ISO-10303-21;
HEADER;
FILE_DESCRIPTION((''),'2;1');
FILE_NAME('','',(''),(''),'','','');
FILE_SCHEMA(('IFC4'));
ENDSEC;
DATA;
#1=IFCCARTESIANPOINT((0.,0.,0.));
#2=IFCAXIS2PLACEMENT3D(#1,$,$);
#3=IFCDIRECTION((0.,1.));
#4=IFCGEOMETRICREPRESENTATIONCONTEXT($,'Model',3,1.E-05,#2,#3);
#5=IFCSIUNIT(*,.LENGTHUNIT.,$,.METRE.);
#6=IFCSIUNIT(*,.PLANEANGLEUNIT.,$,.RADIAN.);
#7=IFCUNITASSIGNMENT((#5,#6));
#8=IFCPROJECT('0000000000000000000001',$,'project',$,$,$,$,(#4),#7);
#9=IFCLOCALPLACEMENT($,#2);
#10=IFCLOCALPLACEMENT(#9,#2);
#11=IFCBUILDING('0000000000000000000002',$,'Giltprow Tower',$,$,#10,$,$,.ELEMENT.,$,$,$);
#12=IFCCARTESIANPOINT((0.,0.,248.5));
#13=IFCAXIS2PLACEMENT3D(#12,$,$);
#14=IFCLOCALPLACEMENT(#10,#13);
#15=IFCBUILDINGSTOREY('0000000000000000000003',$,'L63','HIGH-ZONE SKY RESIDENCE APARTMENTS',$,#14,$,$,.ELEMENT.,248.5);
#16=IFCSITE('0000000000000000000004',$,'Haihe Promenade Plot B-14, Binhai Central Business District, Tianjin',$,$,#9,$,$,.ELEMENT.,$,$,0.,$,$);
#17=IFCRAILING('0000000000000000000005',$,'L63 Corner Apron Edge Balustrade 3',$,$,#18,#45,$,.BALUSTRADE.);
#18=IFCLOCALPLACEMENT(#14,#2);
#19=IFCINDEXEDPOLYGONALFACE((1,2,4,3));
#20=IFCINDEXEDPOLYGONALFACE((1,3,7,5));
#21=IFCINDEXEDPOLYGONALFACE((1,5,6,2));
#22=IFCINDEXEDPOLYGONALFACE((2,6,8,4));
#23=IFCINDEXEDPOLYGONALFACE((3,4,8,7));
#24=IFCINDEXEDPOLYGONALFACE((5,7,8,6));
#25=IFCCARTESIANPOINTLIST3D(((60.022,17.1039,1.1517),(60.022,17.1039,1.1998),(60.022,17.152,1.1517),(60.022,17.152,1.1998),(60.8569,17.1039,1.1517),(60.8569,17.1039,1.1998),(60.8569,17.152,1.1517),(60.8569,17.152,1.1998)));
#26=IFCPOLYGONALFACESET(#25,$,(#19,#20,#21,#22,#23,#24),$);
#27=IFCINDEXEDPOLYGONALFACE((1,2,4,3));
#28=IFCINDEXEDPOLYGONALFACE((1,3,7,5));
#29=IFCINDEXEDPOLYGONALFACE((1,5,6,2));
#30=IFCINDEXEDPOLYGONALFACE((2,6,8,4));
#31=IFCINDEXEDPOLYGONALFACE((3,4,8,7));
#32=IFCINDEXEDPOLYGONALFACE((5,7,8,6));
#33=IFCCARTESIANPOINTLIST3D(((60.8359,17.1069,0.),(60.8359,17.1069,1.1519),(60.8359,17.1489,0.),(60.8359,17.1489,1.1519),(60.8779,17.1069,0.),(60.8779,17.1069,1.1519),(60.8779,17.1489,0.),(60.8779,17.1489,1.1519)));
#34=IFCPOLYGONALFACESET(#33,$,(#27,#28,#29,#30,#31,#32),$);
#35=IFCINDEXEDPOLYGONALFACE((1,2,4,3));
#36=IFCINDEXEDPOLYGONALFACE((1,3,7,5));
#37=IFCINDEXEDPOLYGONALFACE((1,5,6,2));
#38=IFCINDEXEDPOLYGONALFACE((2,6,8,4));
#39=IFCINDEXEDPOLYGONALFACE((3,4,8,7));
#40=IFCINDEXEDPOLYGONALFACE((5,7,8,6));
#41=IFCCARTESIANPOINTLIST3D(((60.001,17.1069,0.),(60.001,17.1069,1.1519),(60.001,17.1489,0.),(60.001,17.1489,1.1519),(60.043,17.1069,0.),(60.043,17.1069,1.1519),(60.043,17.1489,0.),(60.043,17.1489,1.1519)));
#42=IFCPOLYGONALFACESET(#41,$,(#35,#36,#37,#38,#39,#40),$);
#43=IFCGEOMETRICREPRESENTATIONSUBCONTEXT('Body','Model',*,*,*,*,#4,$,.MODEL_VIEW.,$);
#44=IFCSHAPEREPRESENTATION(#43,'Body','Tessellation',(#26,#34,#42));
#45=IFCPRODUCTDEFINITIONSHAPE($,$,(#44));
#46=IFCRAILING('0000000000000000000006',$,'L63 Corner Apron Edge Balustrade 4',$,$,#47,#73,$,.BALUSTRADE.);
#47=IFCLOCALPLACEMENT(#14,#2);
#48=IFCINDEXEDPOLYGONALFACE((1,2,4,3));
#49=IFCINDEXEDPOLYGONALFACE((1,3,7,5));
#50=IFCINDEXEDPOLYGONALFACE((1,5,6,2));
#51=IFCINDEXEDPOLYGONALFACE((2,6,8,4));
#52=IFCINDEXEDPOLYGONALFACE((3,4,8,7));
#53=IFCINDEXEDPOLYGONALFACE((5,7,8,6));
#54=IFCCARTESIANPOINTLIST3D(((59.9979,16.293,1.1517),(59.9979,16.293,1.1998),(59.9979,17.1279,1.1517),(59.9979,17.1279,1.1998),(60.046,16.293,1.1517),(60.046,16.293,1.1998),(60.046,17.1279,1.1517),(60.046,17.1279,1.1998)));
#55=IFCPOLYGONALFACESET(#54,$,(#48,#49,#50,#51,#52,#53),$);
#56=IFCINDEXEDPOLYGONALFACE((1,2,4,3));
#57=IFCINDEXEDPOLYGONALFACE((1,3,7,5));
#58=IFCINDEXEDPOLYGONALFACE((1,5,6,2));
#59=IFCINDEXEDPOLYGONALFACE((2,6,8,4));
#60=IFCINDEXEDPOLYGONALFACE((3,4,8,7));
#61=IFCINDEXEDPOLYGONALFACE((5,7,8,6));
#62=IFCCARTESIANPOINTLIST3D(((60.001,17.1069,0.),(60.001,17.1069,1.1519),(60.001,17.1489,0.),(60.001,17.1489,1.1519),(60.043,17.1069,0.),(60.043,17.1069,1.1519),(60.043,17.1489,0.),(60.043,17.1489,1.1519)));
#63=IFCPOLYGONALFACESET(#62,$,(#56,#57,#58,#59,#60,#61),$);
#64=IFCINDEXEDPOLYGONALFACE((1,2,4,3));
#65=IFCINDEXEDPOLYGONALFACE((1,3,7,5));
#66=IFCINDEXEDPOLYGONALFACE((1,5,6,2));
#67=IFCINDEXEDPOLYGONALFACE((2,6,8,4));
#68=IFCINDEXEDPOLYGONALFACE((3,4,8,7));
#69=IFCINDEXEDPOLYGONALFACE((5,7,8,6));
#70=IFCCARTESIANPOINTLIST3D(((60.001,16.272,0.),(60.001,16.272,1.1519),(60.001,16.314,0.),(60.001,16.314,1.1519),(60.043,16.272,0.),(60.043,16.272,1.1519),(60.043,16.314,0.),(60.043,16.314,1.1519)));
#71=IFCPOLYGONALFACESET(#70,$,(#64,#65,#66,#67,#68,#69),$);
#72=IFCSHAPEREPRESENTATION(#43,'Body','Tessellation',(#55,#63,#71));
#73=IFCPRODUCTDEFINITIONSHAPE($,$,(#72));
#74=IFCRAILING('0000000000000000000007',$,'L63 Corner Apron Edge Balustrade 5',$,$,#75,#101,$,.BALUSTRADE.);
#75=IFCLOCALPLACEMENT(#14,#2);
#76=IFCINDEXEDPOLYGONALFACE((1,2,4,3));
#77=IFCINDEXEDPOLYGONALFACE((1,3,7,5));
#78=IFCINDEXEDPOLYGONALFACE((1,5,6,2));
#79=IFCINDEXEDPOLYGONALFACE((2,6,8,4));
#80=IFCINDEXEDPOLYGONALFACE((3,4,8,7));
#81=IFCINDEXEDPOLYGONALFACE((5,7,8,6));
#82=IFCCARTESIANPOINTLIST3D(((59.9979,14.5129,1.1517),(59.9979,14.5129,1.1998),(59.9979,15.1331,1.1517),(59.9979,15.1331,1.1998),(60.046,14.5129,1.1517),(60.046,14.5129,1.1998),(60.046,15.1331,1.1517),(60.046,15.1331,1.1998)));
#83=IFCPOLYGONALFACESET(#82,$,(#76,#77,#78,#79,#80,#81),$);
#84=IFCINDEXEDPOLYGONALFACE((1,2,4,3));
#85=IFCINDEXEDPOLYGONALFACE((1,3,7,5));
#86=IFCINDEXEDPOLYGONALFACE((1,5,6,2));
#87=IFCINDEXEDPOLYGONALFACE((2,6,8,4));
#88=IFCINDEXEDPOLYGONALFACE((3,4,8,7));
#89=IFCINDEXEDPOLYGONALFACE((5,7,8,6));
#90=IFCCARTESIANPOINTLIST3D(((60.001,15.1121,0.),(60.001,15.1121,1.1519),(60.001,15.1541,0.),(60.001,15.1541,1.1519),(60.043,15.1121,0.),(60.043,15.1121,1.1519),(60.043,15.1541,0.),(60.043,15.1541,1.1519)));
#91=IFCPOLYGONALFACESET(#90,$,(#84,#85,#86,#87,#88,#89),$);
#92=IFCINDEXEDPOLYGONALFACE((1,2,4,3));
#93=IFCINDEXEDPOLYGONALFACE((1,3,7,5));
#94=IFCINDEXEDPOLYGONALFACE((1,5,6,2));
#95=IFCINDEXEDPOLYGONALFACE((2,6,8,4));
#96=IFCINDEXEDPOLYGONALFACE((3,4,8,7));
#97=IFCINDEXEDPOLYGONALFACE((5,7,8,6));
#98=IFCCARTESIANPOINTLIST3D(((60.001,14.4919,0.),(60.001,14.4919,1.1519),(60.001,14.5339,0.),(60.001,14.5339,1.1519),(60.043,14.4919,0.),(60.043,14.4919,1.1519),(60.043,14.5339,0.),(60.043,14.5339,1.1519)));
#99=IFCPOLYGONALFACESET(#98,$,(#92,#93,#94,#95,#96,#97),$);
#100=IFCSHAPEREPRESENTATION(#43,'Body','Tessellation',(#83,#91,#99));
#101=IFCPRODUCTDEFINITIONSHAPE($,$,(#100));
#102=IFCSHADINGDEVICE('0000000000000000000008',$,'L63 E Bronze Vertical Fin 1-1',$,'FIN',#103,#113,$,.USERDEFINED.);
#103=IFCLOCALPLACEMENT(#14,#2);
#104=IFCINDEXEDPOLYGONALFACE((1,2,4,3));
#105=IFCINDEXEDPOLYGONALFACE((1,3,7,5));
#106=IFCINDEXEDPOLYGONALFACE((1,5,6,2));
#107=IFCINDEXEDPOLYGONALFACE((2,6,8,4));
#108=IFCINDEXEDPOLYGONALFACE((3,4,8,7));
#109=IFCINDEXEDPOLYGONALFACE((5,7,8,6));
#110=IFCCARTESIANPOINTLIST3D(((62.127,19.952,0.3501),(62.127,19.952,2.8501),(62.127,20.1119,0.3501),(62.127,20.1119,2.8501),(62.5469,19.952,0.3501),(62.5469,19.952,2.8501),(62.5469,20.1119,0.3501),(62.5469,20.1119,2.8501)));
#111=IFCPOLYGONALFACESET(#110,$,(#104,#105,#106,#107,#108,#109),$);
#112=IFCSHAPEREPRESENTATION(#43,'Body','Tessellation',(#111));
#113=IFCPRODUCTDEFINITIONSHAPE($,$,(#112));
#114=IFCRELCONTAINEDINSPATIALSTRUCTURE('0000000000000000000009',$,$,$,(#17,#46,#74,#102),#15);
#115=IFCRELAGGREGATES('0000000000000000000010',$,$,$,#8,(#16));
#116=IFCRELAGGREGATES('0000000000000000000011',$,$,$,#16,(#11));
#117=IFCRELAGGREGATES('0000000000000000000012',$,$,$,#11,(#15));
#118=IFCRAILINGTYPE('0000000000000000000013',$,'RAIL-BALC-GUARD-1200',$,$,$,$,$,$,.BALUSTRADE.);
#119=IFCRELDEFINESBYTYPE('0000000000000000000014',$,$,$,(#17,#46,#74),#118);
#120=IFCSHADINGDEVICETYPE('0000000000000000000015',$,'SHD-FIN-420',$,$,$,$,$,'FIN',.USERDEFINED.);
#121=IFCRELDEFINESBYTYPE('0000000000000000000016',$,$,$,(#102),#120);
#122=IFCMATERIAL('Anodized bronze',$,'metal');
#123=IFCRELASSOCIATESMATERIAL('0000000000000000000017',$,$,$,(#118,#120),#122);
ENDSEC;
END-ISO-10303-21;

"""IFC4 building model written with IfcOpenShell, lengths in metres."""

from ifc_helpers import new_model, si_unit, direction, frame, origin, origin_2d, place, context, subcontext, project, spatial, rectangle, extrude, source, transform, mapped, material, type_object, element, save


model = new_model("IFC4")

# Units and contexts
model_context = context("Model", 3, precision=1e-05, world=origin(), true_north=direction((0.0, 1.0)))
body_context = subcontext(model_context, "Body", "Model", "MODEL_VIEW")
ifc_project = project(units=[si_unit("LENGTHUNIT", "METRE"), si_unit("PLANEANGLEUNIT", "RADIAN")], contexts=[model_context])

# Site, building, storey
site_placement = place(None, origin())
site = spatial("IfcSite", under=ifc_project, at=site_placement, Name="Haihe Promenade Plot B-14, Binhai Central Business District, Tianjin", CompositionType="ELEMENT", RefElevation=0.0)
building_placement = place(site_placement, origin())
building = spatial("IfcBuilding", under=site, at=building_placement, Name="Giltprow Tower", CompositionType="ELEMENT")
storey_placement = place(building_placement, frame((0.0, 0.0, 248.5)))
storey = spatial("IfcBuildingStorey", under=building, at=storey_placement, Name="L63", Description="HIGH-ZONE SKY RESIDENCE APARTMENTS", CompositionType="ELEMENT", Elevation=248.5)

# Shared definitions
ifc_material_1 = material(Name="Anodized bronze", Category="metal")

# Railings
railing_type = type_object("IfcRailingType", Name="RAIL-BALC-GUARD-1200", PredefinedType="BALUSTRADE", material=ifc_material_1)
railing_1_placement = place(storey_placement, frame((60.8569, 17.1279, 0.0)))
element("IfcRailing", 1, at=railing_1_placement, inside=storey, type_object=railing_type, Name="L63 Corner Apron Edge Balustrade 3", PredefinedType="BALUSTRADE", context=body_context, shape_type="SweptSolid", body=[
    extrude(rectangle(XDim=0.0481, YDim=0.0481, at=origin_2d()), frame((0.0, 0.0, 1.1758), z_axis=(-1.0, 0.0, 0.0), x_axis=(0.0, -1.0, 0.0)), (0.0, 0.0, 1.0), 0.835),
    extrude(rectangle(XDim=0.042, YDim=0.042, at=origin_2d()), origin(), (0.0, 0.0, 1.0), 1.1519),
    extrude(rectangle(XDim=0.042, YDim=0.042, at=origin_2d()), frame((-0.835, 0.0, 0.0)), (0.0, 0.0, 1.0), 1.1519),
])
railing_2_placement = place(storey_placement, frame((60.022, 17.1279, 0.0)))
element("IfcRailing", 2, at=railing_2_placement, inside=storey, type_object=railing_type, Name="L63 Corner Apron Edge Balustrade 4", PredefinedType="BALUSTRADE", context=body_context, shape_type="SweptSolid", body=[
    extrude(rectangle(XDim=0.0481, YDim=0.0481, at=origin_2d()), frame((0.0, 0.0, 1.1758), z_axis=(0.0, -1.0, 0.0), x_axis=(1.0, 0.0, 0.0)), (0.0, 0.0, 1.0), 0.835),
    extrude(rectangle(XDim=0.042, YDim=0.042, at=origin_2d()), origin(), (0.0, 0.0, 1.0), 1.1519),
    extrude(rectangle(XDim=0.042, YDim=0.042, at=origin_2d()), frame((0.0, -0.835, 0.0)), (0.0, 0.0, 1.0), 1.1519),
])
railing_3_placement = place(storey_placement, frame((60.022, 15.1331, 0.0)))
element("IfcRailing", 3, at=railing_3_placement, inside=storey, type_object=railing_type, Name="L63 Corner Apron Edge Balustrade 5", PredefinedType="BALUSTRADE", context=body_context, shape_type="SweptSolid", body=[
    extrude(rectangle(XDim=0.0481, YDim=0.0481, at=origin_2d()), frame((0.0, 0.0, 1.1758), z_axis=(0.0, -1.0, 0.0), x_axis=(1.0, 0.0, 0.0)), (0.0, 0.0, 1.0), 0.6201),
    extrude(rectangle(XDim=0.042, YDim=0.042, at=origin_2d()), origin(), (0.0, 0.0, 1.0), 1.1519),
    extrude(rectangle(XDim=0.042, YDim=0.042, at=origin_2d()), frame((0.0, -0.6201, 0.0)), (0.0, 0.0, 1.0), 1.1519),
])

# Shading device
shading_device_type = type_object("IfcShadingDeviceType", Name="SHD-FIN-420", ElementType="FIN", PredefinedType="USERDEFINED", material=ifc_material_1)
shared_shape_1 = source(origin(), body_context, "Body", "SweptSolid", [
    extrude(rectangle(XDim=0.4199, YDim=0.1599, at=origin_2d()), origin(), (0.0, 0.0, 1.0), 2.5),
])
shading_device_placement = place(storey_placement, frame((62.3369, 20.032, 0.3501), z_axis=(0.0, 0.0, 1.0), x_axis=(1.0, 0.0, 0.0)))
element("IfcShadingDevice", 4, at=shading_device_placement, inside=storey, type_object=shading_device_type, Name="L63 E Bronze Vertical Fin 1-1", ObjectType="FIN", PredefinedType="USERDEFINED", context=body_context, shape_type="MappedRepresentation", body=[
    mapped(shared_shape_1, transform((0.0, 0.0, 0.0), x_axis=(1.0, 0.0, 0.0), y_axis=(0.0, 1.0, 0.0), z_axis=(0.0, 0.0, 1.0), scale=1.0)),
])

save(model, "model.ifc")
